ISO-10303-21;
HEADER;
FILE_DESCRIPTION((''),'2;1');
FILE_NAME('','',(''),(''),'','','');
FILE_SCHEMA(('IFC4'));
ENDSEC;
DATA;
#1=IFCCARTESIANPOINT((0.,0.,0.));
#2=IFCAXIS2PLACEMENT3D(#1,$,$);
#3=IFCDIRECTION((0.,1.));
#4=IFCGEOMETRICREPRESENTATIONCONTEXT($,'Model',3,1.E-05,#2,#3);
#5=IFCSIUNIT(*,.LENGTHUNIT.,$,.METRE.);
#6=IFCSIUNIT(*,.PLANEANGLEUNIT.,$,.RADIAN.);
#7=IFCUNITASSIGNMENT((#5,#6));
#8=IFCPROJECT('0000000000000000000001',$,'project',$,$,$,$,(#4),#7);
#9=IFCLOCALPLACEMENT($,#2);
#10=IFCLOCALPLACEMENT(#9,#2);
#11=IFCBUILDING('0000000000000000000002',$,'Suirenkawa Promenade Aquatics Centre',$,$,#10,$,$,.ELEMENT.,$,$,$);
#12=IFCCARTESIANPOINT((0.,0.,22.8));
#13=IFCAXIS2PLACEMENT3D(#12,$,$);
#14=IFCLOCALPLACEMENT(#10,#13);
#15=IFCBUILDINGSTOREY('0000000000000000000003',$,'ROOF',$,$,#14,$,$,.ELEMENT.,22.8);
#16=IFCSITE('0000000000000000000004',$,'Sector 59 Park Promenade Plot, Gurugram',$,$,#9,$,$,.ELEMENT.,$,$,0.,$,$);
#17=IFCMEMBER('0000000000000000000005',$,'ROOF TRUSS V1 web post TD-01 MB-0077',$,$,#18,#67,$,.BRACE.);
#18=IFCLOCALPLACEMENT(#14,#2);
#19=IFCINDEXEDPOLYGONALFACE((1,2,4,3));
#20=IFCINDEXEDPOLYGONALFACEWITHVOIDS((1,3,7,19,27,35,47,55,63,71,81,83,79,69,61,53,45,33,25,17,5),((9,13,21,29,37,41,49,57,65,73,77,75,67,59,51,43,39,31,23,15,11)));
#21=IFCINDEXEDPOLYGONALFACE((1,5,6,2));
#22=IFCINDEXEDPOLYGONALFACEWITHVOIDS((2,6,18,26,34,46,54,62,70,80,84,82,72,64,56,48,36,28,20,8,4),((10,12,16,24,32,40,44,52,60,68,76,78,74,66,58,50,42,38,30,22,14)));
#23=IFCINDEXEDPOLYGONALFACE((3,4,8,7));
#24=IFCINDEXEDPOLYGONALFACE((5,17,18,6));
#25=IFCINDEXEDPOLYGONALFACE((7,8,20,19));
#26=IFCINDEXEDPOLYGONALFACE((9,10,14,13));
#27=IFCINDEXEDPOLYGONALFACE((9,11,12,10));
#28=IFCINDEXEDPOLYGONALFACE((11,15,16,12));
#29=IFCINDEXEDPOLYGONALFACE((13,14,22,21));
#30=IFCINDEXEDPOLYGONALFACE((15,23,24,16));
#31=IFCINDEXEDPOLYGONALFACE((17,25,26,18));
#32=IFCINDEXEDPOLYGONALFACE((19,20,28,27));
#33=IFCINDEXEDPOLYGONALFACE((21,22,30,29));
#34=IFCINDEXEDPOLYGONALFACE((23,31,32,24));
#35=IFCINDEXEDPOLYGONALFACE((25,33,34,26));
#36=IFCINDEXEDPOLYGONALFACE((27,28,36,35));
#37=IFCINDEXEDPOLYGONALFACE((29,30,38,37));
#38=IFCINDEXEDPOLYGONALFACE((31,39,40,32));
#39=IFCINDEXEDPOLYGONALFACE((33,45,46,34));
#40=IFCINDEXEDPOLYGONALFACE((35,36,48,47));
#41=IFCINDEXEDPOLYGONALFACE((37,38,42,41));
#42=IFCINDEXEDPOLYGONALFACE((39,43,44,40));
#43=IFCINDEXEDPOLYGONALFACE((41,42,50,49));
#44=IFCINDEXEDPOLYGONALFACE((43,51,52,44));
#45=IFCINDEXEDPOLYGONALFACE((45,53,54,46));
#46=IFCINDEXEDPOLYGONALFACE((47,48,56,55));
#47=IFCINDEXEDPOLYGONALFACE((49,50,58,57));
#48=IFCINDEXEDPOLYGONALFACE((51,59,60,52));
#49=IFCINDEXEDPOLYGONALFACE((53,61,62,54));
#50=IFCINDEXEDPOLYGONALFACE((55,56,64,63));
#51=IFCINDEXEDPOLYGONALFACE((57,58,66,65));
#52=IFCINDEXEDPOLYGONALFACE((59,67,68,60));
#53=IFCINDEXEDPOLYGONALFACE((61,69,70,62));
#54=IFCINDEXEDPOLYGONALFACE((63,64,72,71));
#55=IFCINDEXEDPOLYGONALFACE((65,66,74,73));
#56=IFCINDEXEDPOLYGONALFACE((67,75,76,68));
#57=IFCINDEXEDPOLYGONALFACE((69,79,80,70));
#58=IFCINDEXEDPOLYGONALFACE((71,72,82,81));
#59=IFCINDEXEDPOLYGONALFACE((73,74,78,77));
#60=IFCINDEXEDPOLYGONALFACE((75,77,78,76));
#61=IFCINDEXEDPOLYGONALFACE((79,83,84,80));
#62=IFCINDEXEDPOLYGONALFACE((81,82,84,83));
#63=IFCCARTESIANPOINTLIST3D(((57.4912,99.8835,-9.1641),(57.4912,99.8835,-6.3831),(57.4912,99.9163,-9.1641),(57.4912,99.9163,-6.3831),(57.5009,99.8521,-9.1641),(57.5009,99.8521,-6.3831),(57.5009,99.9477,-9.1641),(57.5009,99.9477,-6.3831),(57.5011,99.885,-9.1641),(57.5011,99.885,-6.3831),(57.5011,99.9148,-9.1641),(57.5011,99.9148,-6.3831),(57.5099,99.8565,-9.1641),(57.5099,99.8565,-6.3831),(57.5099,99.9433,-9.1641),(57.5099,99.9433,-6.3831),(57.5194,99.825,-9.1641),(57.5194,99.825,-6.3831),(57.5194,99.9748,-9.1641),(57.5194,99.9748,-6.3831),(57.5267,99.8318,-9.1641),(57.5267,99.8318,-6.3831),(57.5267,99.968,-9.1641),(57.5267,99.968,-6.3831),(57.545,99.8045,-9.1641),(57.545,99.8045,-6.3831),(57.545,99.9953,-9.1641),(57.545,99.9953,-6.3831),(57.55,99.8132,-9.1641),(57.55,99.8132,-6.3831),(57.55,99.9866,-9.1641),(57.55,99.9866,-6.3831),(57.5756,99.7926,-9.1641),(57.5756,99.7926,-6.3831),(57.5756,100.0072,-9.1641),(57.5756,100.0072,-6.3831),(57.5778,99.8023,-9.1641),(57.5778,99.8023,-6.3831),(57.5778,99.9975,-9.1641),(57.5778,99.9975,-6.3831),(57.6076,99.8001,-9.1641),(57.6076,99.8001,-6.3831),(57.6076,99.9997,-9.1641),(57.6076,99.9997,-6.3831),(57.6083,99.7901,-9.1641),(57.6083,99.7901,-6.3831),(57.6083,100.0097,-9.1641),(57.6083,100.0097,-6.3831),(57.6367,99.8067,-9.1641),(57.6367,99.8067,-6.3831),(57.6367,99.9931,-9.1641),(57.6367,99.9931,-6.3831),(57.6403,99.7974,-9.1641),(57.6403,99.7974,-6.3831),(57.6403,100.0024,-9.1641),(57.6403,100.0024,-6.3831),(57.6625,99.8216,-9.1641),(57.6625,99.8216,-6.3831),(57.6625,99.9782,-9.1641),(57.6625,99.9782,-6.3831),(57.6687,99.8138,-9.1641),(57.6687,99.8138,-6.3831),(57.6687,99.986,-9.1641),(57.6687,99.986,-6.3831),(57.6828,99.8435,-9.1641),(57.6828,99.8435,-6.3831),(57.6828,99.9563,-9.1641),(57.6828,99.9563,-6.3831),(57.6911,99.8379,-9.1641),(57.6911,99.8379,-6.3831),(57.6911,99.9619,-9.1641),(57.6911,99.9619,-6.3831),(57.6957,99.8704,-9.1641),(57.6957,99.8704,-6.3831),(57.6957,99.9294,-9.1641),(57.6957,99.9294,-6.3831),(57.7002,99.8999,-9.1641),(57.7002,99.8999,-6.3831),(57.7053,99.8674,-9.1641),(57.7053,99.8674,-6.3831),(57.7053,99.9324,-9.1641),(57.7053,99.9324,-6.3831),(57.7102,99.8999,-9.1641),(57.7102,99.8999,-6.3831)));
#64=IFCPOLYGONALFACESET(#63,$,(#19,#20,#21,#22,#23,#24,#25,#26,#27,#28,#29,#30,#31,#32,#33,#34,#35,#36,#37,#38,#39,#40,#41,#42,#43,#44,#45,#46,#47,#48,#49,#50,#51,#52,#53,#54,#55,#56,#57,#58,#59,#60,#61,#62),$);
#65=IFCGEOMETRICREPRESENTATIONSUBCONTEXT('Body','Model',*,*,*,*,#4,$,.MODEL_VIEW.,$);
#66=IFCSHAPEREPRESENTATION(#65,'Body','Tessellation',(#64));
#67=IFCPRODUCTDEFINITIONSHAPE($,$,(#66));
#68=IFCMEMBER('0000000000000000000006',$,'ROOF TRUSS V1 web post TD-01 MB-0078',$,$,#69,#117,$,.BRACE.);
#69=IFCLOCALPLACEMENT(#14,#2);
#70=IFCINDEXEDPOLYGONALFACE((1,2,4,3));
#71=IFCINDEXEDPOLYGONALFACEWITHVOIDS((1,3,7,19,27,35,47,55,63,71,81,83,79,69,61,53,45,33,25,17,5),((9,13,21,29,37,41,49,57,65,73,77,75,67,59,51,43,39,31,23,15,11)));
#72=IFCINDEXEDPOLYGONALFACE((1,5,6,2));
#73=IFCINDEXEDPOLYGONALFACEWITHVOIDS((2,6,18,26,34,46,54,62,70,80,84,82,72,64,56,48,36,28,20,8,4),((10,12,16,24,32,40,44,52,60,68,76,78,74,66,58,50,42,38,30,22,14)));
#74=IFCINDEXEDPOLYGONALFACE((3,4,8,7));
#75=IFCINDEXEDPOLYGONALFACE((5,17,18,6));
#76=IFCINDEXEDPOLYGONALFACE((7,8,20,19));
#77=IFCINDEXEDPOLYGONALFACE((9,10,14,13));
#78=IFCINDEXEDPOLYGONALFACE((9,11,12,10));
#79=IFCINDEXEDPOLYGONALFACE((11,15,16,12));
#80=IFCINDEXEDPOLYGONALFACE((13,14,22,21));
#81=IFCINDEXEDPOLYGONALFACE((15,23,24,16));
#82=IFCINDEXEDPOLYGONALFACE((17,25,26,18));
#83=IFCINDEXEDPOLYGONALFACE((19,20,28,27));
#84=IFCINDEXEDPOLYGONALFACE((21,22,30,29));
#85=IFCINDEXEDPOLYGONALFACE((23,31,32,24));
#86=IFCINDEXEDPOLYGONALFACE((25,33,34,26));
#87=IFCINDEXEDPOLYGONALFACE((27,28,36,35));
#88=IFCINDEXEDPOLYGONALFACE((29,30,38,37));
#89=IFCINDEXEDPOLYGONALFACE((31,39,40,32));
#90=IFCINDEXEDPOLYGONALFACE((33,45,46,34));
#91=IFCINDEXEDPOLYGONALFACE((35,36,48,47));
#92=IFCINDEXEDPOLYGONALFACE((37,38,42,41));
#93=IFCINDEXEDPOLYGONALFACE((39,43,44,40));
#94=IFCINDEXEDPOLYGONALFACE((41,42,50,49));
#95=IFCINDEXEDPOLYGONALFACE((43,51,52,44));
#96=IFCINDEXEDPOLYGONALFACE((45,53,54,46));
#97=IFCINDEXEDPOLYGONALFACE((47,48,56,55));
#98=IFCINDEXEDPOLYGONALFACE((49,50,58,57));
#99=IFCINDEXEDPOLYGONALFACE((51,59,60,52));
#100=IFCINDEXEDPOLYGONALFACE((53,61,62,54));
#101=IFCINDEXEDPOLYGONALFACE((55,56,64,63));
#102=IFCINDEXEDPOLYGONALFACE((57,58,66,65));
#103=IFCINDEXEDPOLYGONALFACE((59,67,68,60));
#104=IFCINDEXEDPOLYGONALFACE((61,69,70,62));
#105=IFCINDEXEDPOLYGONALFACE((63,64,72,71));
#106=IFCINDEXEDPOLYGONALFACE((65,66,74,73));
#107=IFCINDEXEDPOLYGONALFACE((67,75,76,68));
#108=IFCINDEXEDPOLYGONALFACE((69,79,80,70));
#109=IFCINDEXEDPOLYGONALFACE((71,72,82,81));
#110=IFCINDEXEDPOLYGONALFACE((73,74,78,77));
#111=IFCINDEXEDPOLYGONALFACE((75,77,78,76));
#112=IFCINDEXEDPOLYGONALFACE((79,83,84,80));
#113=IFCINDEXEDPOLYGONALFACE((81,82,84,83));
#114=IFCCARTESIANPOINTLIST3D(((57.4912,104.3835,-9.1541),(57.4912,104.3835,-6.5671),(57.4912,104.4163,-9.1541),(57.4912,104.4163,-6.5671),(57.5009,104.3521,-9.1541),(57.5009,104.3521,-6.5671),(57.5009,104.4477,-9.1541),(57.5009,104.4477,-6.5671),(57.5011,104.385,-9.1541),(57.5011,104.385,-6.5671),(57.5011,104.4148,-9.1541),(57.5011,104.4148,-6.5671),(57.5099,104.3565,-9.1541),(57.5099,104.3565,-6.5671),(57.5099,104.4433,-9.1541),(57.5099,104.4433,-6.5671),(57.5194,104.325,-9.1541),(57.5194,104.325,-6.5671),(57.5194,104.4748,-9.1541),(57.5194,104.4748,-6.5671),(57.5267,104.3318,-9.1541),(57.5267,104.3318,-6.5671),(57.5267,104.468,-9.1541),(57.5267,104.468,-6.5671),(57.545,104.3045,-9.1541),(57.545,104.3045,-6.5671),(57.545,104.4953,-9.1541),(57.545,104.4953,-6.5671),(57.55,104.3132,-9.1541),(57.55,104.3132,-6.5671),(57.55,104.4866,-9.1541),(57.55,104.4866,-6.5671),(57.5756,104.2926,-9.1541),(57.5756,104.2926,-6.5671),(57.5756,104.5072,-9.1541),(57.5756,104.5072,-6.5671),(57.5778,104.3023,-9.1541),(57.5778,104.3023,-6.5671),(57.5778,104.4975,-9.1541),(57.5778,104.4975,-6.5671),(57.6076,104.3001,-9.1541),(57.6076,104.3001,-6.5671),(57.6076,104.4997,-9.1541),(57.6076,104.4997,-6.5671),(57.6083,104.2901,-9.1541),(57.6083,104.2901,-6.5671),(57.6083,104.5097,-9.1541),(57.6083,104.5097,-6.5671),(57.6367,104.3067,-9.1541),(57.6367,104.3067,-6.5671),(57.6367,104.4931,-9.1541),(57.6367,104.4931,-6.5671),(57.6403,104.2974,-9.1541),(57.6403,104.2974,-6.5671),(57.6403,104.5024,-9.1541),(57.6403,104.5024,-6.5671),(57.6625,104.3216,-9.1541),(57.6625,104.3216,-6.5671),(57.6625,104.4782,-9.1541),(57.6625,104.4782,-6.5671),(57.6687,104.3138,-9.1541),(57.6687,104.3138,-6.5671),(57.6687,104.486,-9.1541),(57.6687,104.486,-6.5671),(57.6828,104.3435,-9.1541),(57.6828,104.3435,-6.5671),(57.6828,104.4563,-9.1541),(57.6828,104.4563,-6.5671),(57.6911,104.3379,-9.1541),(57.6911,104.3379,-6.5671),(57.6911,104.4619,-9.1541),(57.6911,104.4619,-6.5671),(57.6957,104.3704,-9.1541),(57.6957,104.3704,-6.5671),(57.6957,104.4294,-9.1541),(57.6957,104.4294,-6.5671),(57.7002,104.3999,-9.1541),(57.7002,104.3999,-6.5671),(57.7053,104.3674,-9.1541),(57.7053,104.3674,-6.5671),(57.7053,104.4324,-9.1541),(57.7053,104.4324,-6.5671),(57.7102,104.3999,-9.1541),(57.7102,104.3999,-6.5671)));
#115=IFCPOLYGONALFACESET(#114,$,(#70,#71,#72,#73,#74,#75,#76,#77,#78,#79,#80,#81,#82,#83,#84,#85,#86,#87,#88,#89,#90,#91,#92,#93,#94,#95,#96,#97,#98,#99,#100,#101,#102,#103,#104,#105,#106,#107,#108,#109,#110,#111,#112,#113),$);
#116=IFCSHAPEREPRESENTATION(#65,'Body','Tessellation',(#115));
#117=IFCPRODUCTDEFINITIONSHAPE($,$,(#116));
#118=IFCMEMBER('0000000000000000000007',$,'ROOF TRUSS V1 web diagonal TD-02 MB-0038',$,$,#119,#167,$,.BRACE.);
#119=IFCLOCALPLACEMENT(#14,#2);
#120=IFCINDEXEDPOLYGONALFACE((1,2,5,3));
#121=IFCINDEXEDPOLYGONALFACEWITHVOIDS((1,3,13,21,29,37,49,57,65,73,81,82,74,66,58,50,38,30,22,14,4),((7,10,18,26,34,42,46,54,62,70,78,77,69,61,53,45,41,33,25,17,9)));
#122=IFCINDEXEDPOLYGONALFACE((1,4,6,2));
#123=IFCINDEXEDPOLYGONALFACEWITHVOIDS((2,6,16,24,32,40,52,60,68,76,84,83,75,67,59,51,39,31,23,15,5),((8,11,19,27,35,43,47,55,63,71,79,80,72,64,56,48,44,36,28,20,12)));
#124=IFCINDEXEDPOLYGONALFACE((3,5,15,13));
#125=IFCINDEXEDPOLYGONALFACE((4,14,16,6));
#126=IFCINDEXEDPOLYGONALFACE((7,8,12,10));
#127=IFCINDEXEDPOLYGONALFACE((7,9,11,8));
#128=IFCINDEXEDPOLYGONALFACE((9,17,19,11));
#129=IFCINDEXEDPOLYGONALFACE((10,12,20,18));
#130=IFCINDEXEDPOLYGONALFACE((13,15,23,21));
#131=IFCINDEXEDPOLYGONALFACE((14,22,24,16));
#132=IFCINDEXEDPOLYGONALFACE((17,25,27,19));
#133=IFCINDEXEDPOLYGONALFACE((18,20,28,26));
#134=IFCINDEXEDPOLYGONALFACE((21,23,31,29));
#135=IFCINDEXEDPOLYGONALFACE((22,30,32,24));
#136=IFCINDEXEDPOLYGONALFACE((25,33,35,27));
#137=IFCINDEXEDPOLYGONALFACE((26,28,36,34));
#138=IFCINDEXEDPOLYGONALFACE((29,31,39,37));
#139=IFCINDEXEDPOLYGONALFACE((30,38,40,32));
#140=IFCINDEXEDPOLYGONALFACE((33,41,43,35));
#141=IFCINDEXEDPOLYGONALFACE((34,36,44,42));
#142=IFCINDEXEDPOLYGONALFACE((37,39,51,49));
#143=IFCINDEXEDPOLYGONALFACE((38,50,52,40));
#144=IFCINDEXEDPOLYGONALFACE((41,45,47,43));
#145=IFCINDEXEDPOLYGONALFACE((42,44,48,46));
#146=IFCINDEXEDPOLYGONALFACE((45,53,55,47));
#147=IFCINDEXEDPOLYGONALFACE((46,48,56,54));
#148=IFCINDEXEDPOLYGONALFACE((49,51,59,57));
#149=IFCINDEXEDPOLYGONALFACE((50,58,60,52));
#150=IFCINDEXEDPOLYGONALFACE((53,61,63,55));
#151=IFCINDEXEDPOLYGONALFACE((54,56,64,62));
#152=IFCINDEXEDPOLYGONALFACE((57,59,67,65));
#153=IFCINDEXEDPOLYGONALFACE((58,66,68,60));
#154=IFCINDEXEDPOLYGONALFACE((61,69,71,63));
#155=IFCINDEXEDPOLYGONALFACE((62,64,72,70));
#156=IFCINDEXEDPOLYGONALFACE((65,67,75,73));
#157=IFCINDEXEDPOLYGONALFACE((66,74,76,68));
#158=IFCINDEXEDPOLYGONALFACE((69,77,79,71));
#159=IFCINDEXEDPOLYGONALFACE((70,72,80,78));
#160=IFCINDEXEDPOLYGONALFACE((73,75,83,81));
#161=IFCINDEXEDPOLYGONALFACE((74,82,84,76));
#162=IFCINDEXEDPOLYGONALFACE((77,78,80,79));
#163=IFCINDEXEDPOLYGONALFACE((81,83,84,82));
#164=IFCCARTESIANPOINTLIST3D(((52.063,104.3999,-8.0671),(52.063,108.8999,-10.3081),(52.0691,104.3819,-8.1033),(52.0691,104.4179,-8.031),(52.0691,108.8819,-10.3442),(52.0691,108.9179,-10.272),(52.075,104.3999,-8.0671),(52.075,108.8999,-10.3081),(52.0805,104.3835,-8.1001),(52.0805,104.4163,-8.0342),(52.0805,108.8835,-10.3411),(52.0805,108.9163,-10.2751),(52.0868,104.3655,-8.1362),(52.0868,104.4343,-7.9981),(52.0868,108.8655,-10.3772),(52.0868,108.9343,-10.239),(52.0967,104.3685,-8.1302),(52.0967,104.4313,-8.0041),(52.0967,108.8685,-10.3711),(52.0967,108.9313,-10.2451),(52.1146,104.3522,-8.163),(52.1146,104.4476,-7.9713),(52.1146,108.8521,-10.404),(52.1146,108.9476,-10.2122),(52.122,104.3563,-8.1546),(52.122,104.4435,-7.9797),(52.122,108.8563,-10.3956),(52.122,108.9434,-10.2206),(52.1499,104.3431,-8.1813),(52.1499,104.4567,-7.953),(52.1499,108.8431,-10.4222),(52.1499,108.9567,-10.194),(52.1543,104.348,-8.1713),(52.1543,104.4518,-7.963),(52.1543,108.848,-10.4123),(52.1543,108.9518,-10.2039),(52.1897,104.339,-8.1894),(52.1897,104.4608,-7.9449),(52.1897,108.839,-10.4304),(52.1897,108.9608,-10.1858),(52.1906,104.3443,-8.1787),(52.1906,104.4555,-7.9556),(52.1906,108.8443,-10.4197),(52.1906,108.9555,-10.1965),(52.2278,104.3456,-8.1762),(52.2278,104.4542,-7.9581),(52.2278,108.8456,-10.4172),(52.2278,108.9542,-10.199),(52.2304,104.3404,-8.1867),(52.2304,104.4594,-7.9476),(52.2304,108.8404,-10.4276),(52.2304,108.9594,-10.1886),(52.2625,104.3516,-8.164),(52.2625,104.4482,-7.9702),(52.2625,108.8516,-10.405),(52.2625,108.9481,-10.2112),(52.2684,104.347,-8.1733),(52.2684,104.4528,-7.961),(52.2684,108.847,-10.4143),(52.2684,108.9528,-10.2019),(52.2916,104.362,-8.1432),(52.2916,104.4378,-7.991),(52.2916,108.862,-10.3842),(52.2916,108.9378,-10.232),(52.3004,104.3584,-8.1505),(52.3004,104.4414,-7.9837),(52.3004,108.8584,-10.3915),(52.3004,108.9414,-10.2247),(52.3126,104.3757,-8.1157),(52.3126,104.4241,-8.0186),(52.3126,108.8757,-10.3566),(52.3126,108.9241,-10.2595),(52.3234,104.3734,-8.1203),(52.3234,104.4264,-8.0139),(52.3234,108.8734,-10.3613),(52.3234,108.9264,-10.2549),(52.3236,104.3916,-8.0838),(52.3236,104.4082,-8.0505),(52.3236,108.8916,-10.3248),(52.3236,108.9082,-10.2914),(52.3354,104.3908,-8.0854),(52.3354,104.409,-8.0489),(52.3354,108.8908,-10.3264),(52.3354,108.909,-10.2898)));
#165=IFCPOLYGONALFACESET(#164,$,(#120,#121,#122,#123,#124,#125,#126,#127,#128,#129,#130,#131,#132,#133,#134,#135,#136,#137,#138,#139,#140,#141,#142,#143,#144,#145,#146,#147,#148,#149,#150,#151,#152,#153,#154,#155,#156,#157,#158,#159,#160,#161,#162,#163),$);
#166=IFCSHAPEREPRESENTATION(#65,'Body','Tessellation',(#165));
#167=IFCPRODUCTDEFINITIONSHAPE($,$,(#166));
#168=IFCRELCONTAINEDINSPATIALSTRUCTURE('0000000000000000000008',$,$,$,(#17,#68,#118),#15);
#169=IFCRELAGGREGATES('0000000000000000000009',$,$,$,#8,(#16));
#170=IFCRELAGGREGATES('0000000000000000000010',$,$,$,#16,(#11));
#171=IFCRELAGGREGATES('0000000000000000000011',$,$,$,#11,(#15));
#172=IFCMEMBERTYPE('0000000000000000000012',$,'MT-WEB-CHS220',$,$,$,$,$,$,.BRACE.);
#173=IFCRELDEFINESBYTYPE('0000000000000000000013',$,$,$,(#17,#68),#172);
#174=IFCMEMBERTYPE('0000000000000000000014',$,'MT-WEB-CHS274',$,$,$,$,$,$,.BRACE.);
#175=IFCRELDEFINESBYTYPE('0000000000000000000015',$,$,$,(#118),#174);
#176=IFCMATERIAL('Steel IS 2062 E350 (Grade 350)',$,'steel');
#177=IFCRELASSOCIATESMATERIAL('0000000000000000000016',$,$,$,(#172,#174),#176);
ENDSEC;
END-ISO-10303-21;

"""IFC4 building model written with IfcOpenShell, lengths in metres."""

from ifc_helpers import new_model, si_unit, direction, frame, origin, origin_2d, place, context, subcontext, project, spatial, hollow_circle, extrude, material, material_profile, profile_set, type_object, element, save


model = new_model("IFC4")

# Units and contexts
model_context = context("Model", 3, precision=1e-05, world=origin(), true_north=direction((0.0, 1.0)))
body_context = subcontext(model_context, "Body", "Model", "MODEL_VIEW")
ifc_project = project(units=[si_unit("LENGTHUNIT", "METRE"), si_unit("PLANEANGLEUNIT", "RADIAN")], contexts=[model_context])

# Site, building, storey
site_placement = place(None, origin())
site = spatial("IfcSite", under=ifc_project, at=site_placement, Name="Sector 59 Park Promenade Plot, Gurugram", CompositionType="ELEMENT", RefElevation=0.0)
building_placement = place(site_placement, origin())
building = spatial("IfcBuilding", under=site, at=building_placement, Name="Suirenkawa Promenade Aquatics Centre", CompositionType="ELEMENT")
storey_placement = place(building_placement, frame((0.0, 0.0, 22.8)))
storey = spatial("IfcBuildingStorey", under=building, at=storey_placement, Name="ROOF", CompositionType="ELEMENT", Elevation=22.8)

# Shared definitions
ifc_material = material(Name="Steel IS 2062 E350 (Grade 350)", Category="steel")

# Members
ifc_material_profile_1 = material_profile(ifc_material, hollow_circle(Radius=0.1101, WallThickness=0.01, at=origin_2d()), Name="CHS 220x10", Category="steel")
ifc_profile_set_1 = profile_set([ifc_material_profile_1], Name="Steel IS 2062 E350 (Grade 350)")
member_type_1 = type_object("IfcMemberType", Name="MT-WEB-CHS220", PredefinedType="BRACE", material=ifc_profile_set_1)
member_1_placement = place(storey_placement, frame((57.6001, 99.8999, -9.1641), z_axis=(0.0, 0.0, 1.0), x_axis=(1.0, 0.0, 0.0)))
element("IfcMember", 1, at=member_1_placement, inside=storey, type_object=member_type_1, Name="ROOF TRUSS V1 web post TD-01 MB-0077", PredefinedType="BRACE", context=body_context, shape_type="SweptSolid", body=[
    extrude(hollow_circle(Radius=0.1101, WallThickness=0.01, at=origin_2d()), origin(), (0.0, 0.0, 1.0), 2.781),
])
member_2_placement = place(storey_placement, frame((57.6001, 104.3999, -9.1541), z_axis=(0.0, 0.0, 1.0), x_axis=(1.0, 0.0, 0.0)))
element("IfcMember", 2, at=member_2_placement, inside=storey, type_object=member_type_1, Name="ROOF TRUSS V1 web post TD-01 MB-0078", PredefinedType="BRACE", context=body_context, shape_type="SweptSolid", body=[
    extrude(hollow_circle(Radius=0.1101, WallThickness=0.01, at=origin_2d()), origin(), (0.0, 0.0, 1.0), 2.5869),
])
ifc_material_profile_2 = material_profile(ifc_material, hollow_circle(Radius=0.137, WallThickness=0.012, at=origin_2d()), Name="CHS 274x12", Category="steel")
ifc_profile_set_2 = profile_set([ifc_material_profile_2], Name="Steel IS 2062 E350 (Grade 350)")
member_type_2 = type_object("IfcMemberType", Name="MT-WEB-CHS274", PredefinedType="BRACE", material=ifc_profile_set_2)
member_3_placement = place(storey_placement, frame((52.2, 104.3999, -8.0671), z_axis=(0.0, 0.895145, -0.445776), x_axis=(-1.0, 0.0, 0.0)))
element("IfcMember", 3, at=member_3_placement, inside=storey, type_object=member_type_2, Name="ROOF TRUSS V1 web diagonal TD-02 MB-0038", PredefinedType="BRACE", context=body_context, shape_type="SweptSolid", body=[
    extrude(hollow_circle(Radius=0.137, WallThickness=0.012, at=origin_2d()), origin(), (0.0, 0.0, 1.0), 5.0271),
])

save(model, "model.ifc")
